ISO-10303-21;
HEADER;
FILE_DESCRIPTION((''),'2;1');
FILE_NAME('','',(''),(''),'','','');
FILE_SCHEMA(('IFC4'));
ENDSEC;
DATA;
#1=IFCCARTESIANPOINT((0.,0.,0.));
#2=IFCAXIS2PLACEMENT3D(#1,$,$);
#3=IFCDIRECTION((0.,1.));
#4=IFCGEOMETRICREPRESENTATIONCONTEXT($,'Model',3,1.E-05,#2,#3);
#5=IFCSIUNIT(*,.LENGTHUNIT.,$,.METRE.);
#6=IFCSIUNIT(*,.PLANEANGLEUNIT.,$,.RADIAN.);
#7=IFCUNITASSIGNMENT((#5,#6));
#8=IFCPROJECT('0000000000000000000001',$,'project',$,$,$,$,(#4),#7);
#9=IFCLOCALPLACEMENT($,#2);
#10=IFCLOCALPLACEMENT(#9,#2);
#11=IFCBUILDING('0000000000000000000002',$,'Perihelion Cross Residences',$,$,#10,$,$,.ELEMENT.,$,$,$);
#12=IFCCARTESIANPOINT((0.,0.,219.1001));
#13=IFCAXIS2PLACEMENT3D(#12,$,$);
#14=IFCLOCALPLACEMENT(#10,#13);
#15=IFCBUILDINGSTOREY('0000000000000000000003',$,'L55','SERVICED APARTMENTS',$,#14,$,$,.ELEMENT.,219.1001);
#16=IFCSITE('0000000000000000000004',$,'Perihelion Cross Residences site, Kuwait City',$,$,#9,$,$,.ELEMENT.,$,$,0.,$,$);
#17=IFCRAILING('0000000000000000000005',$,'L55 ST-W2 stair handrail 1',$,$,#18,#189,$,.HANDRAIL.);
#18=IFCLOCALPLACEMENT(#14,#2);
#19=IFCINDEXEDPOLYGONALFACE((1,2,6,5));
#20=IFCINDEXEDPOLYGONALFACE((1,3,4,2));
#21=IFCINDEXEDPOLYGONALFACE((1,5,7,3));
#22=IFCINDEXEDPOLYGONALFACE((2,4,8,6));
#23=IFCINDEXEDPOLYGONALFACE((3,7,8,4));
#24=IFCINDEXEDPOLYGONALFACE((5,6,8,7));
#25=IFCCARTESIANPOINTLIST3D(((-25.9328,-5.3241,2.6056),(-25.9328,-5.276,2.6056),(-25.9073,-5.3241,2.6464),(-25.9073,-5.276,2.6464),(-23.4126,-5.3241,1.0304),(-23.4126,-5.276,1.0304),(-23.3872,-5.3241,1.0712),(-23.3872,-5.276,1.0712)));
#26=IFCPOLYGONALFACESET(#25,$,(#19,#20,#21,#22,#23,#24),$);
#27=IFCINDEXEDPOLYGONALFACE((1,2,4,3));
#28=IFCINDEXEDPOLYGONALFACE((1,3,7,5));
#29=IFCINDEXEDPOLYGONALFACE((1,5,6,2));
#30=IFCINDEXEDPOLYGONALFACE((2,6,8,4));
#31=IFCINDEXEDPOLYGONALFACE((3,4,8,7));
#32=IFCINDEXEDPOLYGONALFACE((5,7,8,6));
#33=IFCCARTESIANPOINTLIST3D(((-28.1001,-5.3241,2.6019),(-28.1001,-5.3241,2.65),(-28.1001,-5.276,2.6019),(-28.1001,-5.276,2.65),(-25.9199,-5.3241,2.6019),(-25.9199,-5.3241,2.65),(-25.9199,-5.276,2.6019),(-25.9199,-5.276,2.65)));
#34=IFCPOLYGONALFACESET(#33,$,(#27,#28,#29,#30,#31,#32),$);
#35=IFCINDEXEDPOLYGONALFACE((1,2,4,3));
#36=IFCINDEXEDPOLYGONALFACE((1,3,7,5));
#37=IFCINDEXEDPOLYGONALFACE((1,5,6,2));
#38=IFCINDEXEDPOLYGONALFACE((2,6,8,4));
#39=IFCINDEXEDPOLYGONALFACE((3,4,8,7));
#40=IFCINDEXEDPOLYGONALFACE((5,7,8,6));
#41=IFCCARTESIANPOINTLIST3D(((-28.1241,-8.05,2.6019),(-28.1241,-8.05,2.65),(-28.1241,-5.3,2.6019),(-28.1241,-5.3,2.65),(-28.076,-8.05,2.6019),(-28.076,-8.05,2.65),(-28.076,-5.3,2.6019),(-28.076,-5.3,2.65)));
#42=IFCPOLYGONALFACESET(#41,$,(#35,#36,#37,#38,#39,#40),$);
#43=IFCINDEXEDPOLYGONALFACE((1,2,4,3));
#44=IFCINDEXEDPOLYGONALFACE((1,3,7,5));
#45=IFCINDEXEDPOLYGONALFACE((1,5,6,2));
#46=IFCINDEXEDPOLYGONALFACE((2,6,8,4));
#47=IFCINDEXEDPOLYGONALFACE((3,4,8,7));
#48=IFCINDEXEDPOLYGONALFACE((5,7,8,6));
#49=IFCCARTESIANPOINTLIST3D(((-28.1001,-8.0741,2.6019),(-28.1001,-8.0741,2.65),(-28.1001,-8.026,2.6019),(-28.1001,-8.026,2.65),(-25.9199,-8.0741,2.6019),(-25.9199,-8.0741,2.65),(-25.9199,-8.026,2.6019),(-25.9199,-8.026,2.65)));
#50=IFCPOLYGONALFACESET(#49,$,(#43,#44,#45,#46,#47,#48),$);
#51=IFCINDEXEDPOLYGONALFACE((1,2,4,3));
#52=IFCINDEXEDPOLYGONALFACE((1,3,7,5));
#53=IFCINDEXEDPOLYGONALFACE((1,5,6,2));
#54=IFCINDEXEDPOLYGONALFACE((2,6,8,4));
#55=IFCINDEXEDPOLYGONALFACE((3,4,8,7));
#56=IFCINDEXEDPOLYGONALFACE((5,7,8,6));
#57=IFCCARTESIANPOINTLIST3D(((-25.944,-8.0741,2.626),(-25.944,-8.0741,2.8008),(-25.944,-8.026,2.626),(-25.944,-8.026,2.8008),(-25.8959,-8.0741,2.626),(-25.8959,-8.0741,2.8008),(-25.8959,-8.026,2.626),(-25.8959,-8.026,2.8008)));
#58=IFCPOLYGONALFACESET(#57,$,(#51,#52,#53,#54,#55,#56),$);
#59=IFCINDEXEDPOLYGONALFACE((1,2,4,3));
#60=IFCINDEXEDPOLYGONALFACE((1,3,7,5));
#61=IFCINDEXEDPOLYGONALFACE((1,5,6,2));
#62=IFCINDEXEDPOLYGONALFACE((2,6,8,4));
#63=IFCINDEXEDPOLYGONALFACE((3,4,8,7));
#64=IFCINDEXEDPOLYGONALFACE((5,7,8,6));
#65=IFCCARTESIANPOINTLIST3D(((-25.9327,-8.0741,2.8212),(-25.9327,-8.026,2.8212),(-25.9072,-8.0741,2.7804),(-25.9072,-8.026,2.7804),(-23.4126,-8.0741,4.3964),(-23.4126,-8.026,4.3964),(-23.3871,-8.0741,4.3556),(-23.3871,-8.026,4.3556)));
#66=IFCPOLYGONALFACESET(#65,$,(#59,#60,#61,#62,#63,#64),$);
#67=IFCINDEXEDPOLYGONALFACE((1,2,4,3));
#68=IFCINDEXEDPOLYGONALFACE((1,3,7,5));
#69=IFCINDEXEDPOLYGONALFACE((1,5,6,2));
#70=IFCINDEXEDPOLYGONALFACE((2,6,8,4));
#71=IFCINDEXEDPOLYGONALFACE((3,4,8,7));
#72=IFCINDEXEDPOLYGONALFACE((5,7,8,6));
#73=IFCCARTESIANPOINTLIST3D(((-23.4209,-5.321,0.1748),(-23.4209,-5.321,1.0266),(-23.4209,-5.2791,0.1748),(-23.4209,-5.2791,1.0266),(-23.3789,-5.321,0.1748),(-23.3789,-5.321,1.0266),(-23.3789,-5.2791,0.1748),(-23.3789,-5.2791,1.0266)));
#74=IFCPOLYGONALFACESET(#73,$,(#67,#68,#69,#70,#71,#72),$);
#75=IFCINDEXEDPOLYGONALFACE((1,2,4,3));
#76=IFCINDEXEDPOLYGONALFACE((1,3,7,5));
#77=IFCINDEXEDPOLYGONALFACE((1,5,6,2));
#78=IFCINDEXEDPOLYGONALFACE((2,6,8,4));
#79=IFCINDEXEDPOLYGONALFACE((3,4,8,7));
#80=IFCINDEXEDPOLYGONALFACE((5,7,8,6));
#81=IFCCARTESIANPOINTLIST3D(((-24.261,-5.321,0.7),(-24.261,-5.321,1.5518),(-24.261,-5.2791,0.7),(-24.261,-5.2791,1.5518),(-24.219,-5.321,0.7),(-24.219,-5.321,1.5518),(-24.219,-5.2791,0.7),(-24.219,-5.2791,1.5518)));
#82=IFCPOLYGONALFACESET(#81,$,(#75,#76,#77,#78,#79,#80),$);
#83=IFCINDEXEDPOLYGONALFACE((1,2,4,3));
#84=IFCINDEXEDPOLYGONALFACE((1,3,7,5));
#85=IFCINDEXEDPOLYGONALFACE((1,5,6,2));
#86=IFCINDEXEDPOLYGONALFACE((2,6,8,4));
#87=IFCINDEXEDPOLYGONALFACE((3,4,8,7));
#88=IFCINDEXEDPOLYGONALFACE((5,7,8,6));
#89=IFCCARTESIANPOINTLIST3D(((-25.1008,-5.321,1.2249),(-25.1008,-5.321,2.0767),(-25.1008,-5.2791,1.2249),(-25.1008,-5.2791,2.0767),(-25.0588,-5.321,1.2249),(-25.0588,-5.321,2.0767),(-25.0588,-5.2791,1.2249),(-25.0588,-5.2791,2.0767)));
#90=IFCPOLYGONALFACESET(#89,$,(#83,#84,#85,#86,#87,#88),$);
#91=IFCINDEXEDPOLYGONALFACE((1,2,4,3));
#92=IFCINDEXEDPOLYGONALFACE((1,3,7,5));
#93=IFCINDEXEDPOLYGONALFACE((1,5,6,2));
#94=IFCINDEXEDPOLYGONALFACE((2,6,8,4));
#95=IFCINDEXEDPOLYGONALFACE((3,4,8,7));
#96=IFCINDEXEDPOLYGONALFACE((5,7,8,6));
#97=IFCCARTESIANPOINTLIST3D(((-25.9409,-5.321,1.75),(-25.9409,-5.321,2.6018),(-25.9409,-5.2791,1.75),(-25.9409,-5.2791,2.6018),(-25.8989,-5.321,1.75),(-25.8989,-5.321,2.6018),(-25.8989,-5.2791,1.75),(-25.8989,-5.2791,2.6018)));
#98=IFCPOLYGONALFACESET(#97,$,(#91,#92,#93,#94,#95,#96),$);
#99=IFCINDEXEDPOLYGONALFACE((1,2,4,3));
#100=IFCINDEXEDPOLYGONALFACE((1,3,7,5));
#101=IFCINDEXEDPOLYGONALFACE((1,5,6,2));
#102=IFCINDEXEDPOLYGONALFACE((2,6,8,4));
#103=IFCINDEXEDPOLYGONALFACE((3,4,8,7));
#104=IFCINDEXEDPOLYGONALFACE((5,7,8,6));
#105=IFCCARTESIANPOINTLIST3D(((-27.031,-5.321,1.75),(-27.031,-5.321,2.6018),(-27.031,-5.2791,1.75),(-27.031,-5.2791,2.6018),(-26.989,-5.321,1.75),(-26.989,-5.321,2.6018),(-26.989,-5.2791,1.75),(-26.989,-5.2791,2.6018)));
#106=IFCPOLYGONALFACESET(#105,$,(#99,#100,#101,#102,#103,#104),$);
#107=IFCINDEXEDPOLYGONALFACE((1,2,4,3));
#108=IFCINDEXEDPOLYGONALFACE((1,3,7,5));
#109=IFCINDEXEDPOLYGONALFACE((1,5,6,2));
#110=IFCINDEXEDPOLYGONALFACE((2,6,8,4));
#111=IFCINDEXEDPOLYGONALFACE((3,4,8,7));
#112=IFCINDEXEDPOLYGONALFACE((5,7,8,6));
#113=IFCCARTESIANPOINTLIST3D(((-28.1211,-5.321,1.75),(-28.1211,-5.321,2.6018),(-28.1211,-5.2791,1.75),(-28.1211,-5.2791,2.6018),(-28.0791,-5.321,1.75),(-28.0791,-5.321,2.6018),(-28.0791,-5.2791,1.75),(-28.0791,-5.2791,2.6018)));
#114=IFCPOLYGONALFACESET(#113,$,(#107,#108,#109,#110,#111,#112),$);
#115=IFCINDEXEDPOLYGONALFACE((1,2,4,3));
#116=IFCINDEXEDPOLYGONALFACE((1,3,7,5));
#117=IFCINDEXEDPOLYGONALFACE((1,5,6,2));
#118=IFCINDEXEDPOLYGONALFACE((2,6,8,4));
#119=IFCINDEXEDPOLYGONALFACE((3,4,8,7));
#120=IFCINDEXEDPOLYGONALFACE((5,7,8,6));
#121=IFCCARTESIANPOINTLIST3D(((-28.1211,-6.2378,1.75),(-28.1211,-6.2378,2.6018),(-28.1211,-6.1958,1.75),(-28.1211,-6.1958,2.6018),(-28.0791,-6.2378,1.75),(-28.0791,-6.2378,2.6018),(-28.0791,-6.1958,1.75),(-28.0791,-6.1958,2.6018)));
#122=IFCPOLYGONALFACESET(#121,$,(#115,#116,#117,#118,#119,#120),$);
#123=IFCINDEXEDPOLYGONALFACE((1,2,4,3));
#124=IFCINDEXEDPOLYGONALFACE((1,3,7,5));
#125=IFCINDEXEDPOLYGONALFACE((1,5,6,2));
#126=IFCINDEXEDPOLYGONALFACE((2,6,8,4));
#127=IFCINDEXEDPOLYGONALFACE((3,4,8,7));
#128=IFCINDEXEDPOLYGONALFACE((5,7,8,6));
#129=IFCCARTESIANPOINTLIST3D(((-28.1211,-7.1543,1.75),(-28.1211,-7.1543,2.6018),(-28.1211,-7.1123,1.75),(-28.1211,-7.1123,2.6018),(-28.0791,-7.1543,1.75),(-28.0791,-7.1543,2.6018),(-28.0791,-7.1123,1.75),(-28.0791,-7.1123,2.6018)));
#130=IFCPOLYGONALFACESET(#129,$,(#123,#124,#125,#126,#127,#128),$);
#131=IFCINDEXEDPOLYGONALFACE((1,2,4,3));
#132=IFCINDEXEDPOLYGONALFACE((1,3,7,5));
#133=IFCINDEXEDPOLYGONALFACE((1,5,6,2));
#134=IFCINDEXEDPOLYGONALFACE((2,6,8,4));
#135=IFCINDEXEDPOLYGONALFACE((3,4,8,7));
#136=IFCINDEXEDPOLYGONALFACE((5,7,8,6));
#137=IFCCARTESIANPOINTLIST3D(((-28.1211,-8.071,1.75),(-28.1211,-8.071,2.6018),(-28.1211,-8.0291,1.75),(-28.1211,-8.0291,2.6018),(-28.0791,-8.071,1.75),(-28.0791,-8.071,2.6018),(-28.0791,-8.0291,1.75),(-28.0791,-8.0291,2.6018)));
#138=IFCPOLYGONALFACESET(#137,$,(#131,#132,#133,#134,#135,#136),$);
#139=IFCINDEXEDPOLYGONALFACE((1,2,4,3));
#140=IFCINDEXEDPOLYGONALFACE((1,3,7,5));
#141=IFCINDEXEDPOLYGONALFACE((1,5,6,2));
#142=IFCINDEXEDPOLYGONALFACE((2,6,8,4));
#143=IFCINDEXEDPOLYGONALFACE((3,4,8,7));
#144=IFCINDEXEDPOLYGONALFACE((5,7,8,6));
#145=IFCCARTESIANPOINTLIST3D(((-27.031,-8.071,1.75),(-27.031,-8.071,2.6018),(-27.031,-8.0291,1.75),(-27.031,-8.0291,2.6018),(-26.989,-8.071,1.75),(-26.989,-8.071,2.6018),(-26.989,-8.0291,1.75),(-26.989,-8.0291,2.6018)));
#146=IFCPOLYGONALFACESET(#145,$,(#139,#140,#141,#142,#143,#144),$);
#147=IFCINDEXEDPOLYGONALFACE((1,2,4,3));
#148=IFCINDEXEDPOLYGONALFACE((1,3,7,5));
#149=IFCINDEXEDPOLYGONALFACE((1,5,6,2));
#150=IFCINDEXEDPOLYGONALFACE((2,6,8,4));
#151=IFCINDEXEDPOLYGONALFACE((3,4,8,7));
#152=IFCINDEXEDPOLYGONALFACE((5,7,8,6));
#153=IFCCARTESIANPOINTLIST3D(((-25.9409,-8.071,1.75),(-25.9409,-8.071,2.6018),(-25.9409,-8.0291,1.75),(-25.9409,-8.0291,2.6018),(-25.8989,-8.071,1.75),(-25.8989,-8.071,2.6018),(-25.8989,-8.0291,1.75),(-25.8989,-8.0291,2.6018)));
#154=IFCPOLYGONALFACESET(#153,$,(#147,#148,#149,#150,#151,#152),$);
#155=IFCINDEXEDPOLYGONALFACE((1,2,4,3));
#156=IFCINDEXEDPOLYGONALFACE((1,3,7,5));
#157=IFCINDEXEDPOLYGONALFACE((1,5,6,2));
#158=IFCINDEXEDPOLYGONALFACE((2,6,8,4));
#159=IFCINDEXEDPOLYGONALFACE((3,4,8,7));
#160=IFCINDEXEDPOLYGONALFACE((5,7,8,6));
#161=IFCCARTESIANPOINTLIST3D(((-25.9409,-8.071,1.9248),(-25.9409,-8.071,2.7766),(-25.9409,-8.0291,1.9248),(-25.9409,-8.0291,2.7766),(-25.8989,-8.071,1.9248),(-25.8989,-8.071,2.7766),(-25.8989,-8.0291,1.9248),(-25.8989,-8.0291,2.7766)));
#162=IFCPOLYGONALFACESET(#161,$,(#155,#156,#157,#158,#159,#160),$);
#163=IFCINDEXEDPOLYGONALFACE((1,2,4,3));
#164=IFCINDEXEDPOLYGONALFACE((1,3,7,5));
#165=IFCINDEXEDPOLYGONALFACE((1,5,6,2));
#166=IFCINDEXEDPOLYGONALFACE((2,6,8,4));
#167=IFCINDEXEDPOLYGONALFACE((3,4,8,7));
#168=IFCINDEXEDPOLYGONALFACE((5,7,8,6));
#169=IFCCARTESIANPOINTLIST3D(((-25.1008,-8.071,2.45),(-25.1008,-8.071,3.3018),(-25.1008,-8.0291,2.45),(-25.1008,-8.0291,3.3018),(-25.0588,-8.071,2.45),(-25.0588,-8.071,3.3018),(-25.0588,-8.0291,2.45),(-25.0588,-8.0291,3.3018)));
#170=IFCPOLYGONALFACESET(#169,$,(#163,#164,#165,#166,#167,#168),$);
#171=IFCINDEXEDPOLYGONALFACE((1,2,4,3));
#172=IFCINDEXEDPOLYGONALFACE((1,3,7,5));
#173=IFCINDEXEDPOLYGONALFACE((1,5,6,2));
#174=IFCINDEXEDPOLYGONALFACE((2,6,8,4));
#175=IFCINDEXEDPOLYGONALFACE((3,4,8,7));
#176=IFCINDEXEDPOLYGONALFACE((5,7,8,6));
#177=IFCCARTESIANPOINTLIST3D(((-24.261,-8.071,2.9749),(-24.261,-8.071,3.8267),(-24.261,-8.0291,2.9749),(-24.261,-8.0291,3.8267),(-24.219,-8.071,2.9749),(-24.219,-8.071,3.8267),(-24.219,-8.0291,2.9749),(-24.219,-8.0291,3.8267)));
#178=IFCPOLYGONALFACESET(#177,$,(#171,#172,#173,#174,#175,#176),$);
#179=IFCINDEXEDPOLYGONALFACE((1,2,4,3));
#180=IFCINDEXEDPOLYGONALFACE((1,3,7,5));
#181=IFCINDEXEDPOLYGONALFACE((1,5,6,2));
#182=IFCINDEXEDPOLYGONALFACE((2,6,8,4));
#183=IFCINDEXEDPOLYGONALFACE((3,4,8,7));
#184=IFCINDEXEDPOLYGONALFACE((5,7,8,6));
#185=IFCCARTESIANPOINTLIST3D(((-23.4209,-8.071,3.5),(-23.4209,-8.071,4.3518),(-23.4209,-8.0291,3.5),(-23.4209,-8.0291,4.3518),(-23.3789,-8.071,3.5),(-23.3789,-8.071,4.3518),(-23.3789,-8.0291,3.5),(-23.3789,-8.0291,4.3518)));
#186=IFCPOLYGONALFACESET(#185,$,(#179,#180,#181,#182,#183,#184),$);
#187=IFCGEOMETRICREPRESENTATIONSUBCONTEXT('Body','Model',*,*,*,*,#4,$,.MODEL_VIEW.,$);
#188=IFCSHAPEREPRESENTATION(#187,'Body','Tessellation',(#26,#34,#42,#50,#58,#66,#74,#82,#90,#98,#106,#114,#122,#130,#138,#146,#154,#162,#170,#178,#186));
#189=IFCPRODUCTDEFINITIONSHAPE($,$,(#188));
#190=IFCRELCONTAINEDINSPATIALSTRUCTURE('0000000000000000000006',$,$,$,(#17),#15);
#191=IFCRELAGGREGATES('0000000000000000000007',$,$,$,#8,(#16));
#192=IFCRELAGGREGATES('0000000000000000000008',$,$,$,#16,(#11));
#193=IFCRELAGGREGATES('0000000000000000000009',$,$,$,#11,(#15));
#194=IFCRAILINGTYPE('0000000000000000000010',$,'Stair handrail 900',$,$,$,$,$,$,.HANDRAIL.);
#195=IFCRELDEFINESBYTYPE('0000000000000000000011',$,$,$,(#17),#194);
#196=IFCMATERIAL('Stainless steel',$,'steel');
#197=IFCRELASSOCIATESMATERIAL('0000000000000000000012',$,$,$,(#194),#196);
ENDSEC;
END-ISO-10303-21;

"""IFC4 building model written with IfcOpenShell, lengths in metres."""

from ifc_helpers import new_model, si_unit, direction, frame, origin, origin_2d, place, context, subcontext, project, spatial, rectangle, extrude, material, type_object, element, save


model = new_model("IFC4")

# Units and contexts
model_context = context("Model", 3, precision=1e-05, world=origin(), true_north=direction((0.0, 1.0)))
body_context = subcontext(model_context, "Body", "Model", "MODEL_VIEW")
ifc_project = project(units=[si_unit("LENGTHUNIT", "METRE"), si_unit("PLANEANGLEUNIT", "RADIAN")], contexts=[model_context])

# Site, building, storey
site_placement = place(None, origin())
site = spatial("IfcSite", under=ifc_project, at=site_placement, Name="Perihelion Cross Residences site, Kuwait City", CompositionType="ELEMENT", RefElevation=0.0)
building_placement = place(site_placement, origin())
building = spatial("IfcBuilding", under=site, at=building_placement, Name="Perihelion Cross Residences", CompositionType="ELEMENT")
storey_placement = place(building_placement, frame((0.0, 0.0, 219.1001)))
storey = spatial("IfcBuildingStorey", under=building, at=storey_placement, Name="L55", Description="SERVICED APARTMENTS", CompositionType="ELEMENT", Elevation=219.1001)

# Railing
ifc_material_1 = material(Name="Stainless steel", Category="steel")
railing_type_1 = type_object("IfcRailingType", Name="Stair handrail 900", PredefinedType="HANDRAIL", material=ifc_material_1)
railing_1_placement = place(storey_placement, frame((-23.3999, -5.3, 0.1748)))
element("IfcRailing", 1, at=railing_1_placement, inside=storey, type_object=railing_type_1, Name="L55 ST-W2 stair handrail 1", PredefinedType="HANDRAIL", context=body_context, shape_type="SweptSolid", body=[
    extrude(rectangle(XDim=0.0481, YDim=0.0481, at=origin_2d()), frame((0.0, 0.0, 0.876), z_axis=(-0.847971, 0.0, 0.530043), x_axis=(0.0, -1.0, 0.0)), (0.0, 0.0, 1.0), 2.9719),
    extrude(rectangle(XDim=0.0481, YDim=0.0481, at=origin_2d()), frame((-2.52, 0.0, 2.4512), z_axis=(-1.0, 0.0, 0.0), x_axis=(0.0, -1.0, 0.0)), (0.0, 0.0, 1.0), 2.1802),
    extrude(rectangle(XDim=0.0481, YDim=0.0481, at=origin_2d()), frame((-4.7002, 0.0, 2.4512), z_axis=(0.0, -1.0, 0.0), x_axis=(1.0, 0.0, 0.0)), (0.0, 0.0, 1.0), 2.75),
    extrude(rectangle(XDim=0.0481, YDim=0.0481, at=origin_2d()), frame((-4.7002, -2.75, 2.4512), z_axis=(1.0, 0.0, 0.0), x_axis=(0.0, 1.0, 0.0)), (0.0, 0.0, 1.0), 2.1802),
    extrude(rectangle(XDim=0.0481, YDim=0.0481, at=origin_2d()), frame((-2.52, -2.75, 2.4512), z_axis=(0.0, 0.0, 1.0), x_axis=(1.0, 0.0, 0.0)), (0.0, 0.0, 1.0), 0.1748),
    extrude(rectangle(XDim=0.0481, YDim=0.0481, at=origin_2d()), frame((-2.52, -2.75, 2.626), z_axis=(0.847971, 0.0, 0.530043), x_axis=(0.0, 1.0, 0.0)), (0.0, 0.0, 1.0), 2.9719),
    extrude(rectangle(XDim=0.042, YDim=0.042, at=origin_2d()), origin(), (0.0, 0.0, 1.0), 0.8518),
    extrude(rectangle(XDim=0.042, YDim=0.042, at=origin_2d()), frame((-0.8401, 0.0, 0.5251)), (0.0, 0.0, 1.0), 0.8518),
    extrude(rectangle(XDim=0.042, YDim=0.042, at=origin_2d()), frame((-1.6799, 0.0, 1.05)), (0.0, 0.0, 1.0), 0.8518),
    extrude(rectangle(XDim=0.042, YDim=0.042, at=origin_2d()), frame((-2.52, 0.0, 1.5752)), (0.0, 0.0, 1.0), 0.8518),
    extrude(rectangle(XDim=0.042, YDim=0.042, at=origin_2d()), frame((-3.6101, 0.0, 1.5752)), (0.0, 0.0, 1.0), 0.8518),
    extrude(rectangle(XDim=0.042, YDim=0.042, at=origin_2d()), frame((-4.7002, 0.0, 1.5752)), (0.0, 0.0, 1.0), 0.8518),
    extrude(rectangle(XDim=0.042, YDim=0.042, at=origin_2d()), frame((-4.7002, -0.9167, 1.5752)), (0.0, 0.0, 1.0), 0.8518),
    extrude(rectangle(XDim=0.042, YDim=0.042, at=origin_2d()), frame((-4.7002, -1.8333, 1.5752)), (0.0, 0.0, 1.0), 0.8518),
    extrude(rectangle(XDim=0.042, YDim=0.042, at=origin_2d()), frame((-4.7002, -2.75, 1.5752)), (0.0, 0.0, 1.0), 0.8518),
    extrude(rectangle(XDim=0.042, YDim=0.042, at=origin_2d()), frame((-3.6101, -2.75, 1.5752)), (0.0, 0.0, 1.0), 0.8518),
    extrude(rectangle(XDim=0.042, YDim=0.042, at=origin_2d()), frame((-2.52, -2.75, 1.5752)), (0.0, 0.0, 1.0), 0.8518),
    extrude(rectangle(XDim=0.042, YDim=0.042, at=origin_2d()), frame((-2.52, -2.75, 1.75)), (0.0, 0.0, 1.0), 0.8518),
    extrude(rectangle(XDim=0.042, YDim=0.042, at=origin_2d()), frame((-1.6799, -2.75, 2.2751)), (0.0, 0.0, 1.0), 0.8518),
    extrude(rectangle(XDim=0.042, YDim=0.042, at=origin_2d()), frame((-0.8401, -2.75, 2.8)), (0.0, 0.0, 1.0), 0.8518),
    extrude(rectangle(XDim=0.042, YDim=0.042, at=origin_2d()), frame((0.0, -2.75, 3.3252)), (0.0, 0.0, 1.0), 0.8518),
])

save(model, "model.ifc")
